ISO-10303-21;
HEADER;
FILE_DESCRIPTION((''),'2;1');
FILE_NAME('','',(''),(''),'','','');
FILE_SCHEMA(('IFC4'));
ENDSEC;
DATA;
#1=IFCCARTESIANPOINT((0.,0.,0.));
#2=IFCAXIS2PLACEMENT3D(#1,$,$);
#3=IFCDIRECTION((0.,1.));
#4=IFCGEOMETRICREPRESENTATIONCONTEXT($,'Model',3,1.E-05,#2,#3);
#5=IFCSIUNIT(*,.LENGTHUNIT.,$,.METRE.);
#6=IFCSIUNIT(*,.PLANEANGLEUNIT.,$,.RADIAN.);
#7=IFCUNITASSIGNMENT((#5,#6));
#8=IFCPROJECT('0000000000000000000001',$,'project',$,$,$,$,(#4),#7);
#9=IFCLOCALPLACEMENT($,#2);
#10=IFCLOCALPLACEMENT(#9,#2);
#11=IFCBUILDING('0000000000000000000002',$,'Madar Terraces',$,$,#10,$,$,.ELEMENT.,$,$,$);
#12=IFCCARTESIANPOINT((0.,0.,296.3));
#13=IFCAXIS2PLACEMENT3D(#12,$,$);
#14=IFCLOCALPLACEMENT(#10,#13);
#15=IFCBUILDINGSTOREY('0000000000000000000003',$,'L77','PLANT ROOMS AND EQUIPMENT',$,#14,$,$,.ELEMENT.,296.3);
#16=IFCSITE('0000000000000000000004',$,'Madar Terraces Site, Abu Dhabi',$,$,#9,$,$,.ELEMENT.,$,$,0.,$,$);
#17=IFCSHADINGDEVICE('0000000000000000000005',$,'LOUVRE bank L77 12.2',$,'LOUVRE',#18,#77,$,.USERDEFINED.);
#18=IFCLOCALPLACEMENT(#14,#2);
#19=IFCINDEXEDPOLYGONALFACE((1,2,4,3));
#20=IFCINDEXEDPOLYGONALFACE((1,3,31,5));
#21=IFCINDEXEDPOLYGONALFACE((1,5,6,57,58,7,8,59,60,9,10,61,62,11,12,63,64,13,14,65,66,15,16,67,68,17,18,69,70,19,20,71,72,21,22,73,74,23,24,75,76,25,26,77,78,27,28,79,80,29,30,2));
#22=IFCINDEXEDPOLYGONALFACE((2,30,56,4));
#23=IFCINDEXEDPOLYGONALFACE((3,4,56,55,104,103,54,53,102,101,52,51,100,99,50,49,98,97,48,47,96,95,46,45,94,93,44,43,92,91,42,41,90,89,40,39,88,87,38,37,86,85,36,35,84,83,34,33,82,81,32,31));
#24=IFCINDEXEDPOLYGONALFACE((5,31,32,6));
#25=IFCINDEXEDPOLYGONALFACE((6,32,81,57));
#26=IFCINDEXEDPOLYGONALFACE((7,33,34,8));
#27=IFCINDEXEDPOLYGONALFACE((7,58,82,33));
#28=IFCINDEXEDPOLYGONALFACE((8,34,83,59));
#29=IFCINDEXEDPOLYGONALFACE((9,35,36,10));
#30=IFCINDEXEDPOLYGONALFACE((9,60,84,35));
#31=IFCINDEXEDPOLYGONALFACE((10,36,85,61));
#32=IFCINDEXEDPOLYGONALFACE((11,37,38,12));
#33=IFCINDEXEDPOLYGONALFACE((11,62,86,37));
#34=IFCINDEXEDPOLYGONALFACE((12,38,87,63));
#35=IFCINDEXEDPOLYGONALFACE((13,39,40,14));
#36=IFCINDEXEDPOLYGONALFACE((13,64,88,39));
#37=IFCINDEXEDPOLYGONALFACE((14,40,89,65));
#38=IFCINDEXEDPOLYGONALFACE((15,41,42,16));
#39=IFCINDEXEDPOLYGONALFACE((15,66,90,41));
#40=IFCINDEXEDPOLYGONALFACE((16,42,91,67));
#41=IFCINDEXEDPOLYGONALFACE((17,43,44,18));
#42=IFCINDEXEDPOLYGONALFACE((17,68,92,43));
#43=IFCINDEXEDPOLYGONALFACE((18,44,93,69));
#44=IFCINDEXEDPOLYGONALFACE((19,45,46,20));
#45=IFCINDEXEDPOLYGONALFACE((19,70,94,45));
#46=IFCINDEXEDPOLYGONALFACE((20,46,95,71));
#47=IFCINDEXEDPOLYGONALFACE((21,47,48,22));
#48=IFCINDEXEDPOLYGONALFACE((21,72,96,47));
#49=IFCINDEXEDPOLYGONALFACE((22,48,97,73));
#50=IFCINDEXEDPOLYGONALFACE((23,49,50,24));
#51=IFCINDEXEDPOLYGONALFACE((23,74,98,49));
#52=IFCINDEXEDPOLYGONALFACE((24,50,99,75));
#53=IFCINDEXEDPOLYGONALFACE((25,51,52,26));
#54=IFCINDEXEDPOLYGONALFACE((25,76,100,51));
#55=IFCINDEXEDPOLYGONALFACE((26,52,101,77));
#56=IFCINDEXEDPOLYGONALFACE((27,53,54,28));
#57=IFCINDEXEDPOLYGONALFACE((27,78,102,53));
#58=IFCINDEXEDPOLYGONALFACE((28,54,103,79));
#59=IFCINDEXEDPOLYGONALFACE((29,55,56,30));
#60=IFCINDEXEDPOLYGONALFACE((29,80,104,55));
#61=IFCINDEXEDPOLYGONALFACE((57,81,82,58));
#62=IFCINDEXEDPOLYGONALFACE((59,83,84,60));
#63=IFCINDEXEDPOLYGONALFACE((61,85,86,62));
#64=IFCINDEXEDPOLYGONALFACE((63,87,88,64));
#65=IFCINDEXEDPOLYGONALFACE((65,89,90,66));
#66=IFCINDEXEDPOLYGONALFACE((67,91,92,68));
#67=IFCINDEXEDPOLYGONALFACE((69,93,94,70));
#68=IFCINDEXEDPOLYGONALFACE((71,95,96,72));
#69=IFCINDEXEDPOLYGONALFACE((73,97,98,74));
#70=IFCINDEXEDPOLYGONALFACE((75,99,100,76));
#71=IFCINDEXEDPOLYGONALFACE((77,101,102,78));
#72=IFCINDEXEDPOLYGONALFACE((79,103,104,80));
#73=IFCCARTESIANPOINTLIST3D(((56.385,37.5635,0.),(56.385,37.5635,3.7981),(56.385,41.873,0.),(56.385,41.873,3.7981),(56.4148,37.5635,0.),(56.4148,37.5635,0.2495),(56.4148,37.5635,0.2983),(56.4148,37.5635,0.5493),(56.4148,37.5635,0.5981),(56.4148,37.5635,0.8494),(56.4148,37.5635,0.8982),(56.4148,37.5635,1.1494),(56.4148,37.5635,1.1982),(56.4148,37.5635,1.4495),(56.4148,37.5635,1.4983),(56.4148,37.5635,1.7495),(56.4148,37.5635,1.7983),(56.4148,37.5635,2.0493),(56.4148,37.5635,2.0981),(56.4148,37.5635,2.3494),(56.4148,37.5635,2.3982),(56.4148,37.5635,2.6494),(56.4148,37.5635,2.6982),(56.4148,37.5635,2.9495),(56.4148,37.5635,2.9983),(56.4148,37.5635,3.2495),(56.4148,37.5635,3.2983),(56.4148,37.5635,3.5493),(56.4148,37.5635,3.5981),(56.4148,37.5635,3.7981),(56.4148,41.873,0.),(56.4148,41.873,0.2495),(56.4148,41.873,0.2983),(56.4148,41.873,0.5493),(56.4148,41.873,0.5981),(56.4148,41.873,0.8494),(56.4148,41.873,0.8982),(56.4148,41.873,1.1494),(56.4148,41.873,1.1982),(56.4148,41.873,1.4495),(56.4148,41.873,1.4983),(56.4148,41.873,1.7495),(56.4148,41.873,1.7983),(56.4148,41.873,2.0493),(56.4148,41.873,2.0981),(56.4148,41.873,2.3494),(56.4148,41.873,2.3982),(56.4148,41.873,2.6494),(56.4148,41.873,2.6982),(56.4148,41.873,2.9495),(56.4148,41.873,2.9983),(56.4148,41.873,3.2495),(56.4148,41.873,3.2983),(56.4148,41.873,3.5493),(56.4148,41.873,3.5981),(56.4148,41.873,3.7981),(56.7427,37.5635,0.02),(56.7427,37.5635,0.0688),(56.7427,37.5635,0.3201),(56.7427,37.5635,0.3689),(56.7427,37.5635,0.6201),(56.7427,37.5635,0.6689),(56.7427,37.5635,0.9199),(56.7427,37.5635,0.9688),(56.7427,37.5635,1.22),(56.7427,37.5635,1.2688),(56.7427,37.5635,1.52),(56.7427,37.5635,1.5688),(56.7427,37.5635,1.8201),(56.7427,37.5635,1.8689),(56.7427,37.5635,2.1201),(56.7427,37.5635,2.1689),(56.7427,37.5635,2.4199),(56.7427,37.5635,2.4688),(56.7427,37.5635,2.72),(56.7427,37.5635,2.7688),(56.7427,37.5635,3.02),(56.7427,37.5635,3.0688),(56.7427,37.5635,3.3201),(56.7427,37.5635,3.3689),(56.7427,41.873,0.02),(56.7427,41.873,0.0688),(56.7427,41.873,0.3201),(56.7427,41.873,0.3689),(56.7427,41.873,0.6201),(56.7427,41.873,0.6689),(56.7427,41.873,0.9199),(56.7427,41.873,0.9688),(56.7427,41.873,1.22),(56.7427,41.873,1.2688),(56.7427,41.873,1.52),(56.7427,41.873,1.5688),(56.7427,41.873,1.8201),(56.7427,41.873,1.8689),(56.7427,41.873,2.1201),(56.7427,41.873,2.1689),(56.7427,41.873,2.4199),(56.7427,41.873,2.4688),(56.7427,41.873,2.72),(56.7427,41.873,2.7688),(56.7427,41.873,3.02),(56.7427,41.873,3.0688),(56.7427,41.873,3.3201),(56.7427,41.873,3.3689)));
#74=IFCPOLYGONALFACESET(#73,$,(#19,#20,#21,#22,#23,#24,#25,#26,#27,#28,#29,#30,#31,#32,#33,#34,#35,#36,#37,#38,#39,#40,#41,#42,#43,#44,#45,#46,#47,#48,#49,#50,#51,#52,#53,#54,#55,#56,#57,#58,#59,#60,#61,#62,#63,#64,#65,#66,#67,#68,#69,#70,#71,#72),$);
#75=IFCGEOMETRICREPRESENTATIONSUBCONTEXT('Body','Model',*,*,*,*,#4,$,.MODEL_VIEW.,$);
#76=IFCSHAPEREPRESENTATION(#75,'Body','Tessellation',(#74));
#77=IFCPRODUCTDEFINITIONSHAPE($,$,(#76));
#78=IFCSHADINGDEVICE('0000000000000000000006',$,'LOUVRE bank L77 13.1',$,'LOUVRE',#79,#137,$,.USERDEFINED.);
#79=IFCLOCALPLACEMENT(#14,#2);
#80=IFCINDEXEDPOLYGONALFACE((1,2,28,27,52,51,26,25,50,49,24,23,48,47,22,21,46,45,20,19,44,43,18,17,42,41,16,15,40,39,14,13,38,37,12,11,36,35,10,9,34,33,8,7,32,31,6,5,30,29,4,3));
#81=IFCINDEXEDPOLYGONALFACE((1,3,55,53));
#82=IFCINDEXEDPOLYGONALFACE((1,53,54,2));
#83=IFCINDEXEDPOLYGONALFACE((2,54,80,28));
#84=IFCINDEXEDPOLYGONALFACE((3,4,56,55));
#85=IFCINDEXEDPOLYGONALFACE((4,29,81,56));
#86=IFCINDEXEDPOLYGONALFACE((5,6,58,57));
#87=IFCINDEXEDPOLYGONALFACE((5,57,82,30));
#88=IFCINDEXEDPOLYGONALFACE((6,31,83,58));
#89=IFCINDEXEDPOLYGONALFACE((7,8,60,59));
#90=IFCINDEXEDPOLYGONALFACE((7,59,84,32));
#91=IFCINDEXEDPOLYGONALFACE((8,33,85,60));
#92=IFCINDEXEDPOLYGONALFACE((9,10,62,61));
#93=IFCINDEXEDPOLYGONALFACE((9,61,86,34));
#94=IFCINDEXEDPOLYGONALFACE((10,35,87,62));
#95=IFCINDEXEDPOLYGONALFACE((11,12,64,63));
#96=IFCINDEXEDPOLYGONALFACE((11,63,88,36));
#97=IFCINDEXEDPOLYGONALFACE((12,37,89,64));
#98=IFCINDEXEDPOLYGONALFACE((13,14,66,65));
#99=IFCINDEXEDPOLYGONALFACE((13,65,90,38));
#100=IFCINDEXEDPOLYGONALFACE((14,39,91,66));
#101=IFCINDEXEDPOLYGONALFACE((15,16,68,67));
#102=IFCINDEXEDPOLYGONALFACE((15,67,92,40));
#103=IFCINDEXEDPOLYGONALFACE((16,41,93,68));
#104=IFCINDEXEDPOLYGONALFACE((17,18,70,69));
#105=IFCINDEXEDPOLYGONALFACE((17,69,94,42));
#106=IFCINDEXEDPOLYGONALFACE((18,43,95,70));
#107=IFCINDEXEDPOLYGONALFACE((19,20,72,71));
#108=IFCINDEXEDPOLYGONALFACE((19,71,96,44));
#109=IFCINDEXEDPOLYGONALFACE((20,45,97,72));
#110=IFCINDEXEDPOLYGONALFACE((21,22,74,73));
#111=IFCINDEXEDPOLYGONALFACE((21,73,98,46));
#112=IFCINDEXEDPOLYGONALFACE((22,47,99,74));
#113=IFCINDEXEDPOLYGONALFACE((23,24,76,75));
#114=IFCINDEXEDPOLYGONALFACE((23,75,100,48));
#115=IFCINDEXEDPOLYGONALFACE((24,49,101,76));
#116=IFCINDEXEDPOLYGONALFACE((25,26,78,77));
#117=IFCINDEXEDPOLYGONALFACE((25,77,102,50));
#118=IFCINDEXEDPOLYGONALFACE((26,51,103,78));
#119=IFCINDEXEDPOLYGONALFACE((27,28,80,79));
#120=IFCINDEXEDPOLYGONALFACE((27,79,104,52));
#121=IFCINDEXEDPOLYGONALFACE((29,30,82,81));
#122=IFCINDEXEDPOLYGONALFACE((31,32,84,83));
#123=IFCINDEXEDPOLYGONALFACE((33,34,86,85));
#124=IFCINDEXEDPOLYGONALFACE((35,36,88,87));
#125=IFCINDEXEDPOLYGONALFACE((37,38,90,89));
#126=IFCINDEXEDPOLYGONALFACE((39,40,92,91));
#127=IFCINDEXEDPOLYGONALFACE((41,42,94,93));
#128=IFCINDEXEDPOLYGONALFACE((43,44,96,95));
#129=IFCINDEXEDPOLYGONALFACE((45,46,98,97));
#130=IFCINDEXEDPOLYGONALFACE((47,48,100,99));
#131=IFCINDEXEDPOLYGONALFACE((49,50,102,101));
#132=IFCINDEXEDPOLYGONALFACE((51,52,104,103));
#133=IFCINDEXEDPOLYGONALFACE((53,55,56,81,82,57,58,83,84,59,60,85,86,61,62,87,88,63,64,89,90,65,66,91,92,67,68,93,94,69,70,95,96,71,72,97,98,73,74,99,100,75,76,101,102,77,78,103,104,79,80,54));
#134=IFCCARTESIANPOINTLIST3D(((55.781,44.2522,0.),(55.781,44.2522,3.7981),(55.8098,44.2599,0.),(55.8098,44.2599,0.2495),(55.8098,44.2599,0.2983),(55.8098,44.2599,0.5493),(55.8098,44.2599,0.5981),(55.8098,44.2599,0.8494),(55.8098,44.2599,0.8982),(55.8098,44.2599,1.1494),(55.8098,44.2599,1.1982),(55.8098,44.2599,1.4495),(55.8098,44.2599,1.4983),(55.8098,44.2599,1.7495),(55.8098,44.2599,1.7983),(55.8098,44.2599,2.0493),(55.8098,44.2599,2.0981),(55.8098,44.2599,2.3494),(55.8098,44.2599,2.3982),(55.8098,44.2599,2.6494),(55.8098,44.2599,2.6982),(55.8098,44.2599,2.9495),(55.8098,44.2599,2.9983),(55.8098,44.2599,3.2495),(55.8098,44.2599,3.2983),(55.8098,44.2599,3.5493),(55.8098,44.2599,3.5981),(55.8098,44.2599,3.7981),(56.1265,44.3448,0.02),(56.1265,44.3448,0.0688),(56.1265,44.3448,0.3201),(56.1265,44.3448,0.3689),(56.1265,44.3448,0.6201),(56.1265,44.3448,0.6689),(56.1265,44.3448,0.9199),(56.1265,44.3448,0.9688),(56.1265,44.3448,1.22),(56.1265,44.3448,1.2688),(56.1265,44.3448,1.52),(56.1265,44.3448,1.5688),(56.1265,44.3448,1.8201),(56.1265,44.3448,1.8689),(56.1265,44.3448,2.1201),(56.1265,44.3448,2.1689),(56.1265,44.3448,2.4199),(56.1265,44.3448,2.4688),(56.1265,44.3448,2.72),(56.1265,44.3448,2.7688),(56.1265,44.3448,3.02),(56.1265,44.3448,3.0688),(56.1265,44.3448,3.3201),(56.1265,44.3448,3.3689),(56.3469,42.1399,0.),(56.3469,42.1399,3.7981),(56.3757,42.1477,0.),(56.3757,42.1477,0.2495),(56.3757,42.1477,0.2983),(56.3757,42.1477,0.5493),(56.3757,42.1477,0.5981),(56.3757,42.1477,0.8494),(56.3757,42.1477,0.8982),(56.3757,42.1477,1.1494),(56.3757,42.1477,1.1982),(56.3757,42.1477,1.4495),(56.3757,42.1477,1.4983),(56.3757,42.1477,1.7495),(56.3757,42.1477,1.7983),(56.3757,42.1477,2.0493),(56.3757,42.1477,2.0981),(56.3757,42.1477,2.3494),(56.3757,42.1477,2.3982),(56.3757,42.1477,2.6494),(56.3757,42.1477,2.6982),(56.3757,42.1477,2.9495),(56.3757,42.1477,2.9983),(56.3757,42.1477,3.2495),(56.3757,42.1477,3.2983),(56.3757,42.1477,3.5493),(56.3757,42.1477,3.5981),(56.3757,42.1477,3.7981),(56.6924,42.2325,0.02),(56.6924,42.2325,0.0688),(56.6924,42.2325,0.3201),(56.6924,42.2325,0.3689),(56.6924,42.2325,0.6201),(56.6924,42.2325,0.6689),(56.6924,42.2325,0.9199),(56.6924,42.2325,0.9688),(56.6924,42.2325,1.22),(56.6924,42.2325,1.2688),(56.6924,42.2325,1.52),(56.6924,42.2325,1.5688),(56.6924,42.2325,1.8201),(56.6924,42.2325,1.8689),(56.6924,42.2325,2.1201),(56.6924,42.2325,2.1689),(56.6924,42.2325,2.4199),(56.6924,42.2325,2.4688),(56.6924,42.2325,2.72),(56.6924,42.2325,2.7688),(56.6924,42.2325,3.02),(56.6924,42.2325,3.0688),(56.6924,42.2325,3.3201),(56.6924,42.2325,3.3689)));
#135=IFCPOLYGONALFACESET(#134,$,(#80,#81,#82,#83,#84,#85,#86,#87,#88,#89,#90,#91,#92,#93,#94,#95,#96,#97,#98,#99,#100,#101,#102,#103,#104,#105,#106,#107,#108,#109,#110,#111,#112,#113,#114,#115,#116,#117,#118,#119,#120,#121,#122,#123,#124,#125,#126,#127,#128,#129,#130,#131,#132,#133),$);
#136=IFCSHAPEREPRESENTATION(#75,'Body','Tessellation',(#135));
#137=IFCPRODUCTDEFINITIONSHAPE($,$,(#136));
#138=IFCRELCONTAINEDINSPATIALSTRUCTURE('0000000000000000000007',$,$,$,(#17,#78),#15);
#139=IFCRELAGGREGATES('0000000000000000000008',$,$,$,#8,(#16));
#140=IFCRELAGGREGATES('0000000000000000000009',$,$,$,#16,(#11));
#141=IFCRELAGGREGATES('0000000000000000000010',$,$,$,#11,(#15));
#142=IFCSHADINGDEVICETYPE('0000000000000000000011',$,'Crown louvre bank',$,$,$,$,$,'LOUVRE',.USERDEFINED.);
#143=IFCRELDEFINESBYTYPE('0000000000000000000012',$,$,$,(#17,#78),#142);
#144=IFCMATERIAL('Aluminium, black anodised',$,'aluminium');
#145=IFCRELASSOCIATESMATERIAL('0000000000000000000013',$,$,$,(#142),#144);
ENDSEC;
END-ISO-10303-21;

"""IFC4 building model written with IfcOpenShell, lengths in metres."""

from ifc_helpers import new_model, si_unit, direction, frame, origin, place, context, subcontext, project, spatial, polyline, outline, extrude, material, type_object, element, save


model = new_model("IFC4")

# Units and contexts
model_context = context("Model", 3, precision=1e-05, world=origin(), true_north=direction((0.0, 1.0)))
body_context = subcontext(model_context, "Body", "Model", "MODEL_VIEW")
ifc_project = project(units=[si_unit("LENGTHUNIT", "METRE"), si_unit("PLANEANGLEUNIT", "RADIAN")], contexts=[model_context])

# Site, building, storey
site_placement = place(None, origin())
site = spatial("IfcSite", under=ifc_project, at=site_placement, Name="Madar Terraces Site, Abu Dhabi", CompositionType="ELEMENT", RefElevation=0.0)
building_placement = place(site_placement, origin())
building = spatial("IfcBuilding", under=site, at=building_placement, Name="Madar Terraces", CompositionType="ELEMENT")
storey_placement = place(building_placement, frame((0.0, 0.0, 296.3)))
storey = spatial("IfcBuildingStorey", under=building, at=storey_placement, Name="L77", Description="PLANT ROOMS AND EQUIPMENT", CompositionType="ELEMENT", Elevation=296.3)

# Shading devices
ifc_material_1 = material(Name="Aluminium, black anodised", Category="aluminium")
shading_device_type = type_object("IfcShadingDeviceType", Name="Crown louvre bank", ElementType="LOUVRE", PredefinedType="USERDEFINED", material=ifc_material_1)
shading_device_1_placement = place(storey_placement, frame((56.3999, 37.5635, 0.0), z_axis=(0.0, 1.0, 0.0), x_axis=(-1.0, 0.0, 0.0)))
element("IfcShadingDevice", 1, at=shading_device_1_placement, inside=storey, type_object=shading_device_type, Name="LOUVRE bank L77 12.2", ObjectType="LOUVRE", PredefinedType="USERDEFINED", context=body_context, shape_type="SweptSolid", body=[
    extrude(outline(polyline([(0.0149, 0.0), (-0.0149, 0.0), (-0.0149, 0.2495), (-0.3428, 0.02), (-0.3428, 0.0688), (-0.0149, 0.2983), (-0.0149, 0.5493), (-0.3428, 0.3201), (-0.3428, 0.3689), (-0.0149, 0.5981), (-0.0149, 0.8494), (-0.3428, 0.6201), (-0.3428, 0.6689), (-0.0149, 0.8982), (-0.0149, 1.1494), (-0.3428, 0.9199), (-0.3428, 0.9688), (-0.0149, 1.1982), (-0.0149, 1.4495), (-0.3428, 1.22), (-0.3428, 1.2688), (-0.0149, 1.4983), (-0.0149, 1.7495), (-0.3428, 1.52), (-0.3428, 1.5688), (-0.0149, 1.7983), (-0.0149, 2.0493), (-0.3428, 1.8201), (-0.3428, 1.8689), (-0.0149, 2.0981), (-0.0149, 2.3494), (-0.3428, 2.1201), (-0.3428, 2.1689), (-0.0149, 2.3982), (-0.0149, 2.6494), (-0.3428, 2.4199), (-0.3428, 2.4688), (-0.0149, 2.6982), (-0.0149, 2.9495), (-0.3428, 2.72), (-0.3428, 2.7688), (-0.0149, 2.9983), (-0.0149, 3.2495), (-0.3428, 3.02), (-0.3428, 3.0688), (-0.0149, 3.2983), (-0.0149, 3.5493), (-0.3428, 3.3201), (-0.3428, 3.3689), (-0.0149, 3.5981), (-0.0149, 3.7981), (0.0149, 3.7981), (0.0149, 0.0)])), origin(), (0.0, 0.0, 1.0), 4.3096),
])
shading_device_2_placement = place(storey_placement, frame((56.3613, 42.1438, 0.0), z_axis=(-0.258788, 0.965934, 0.0), x_axis=(-0.965934, -0.258788, 0.0)))
element("IfcShadingDevice", 2, at=shading_device_2_placement, inside=storey, type_object=shading_device_type, Name="LOUVRE bank L77 13.1", ObjectType="LOUVRE", PredefinedType="USERDEFINED", context=body_context, shape_type="SweptSolid", body=[
    extrude(outline(polyline([(0.0149, 0.0), (-0.0149, 0.0), (-0.0149, 0.2495), (-0.3428, 0.02), (-0.3428, 0.0688), (-0.0149, 0.2983), (-0.0149, 0.5493), (-0.3428, 0.3201), (-0.3428, 0.3689), (-0.0149, 0.5981), (-0.0149, 0.8494), (-0.3428, 0.6201), (-0.3428, 0.6689), (-0.0149, 0.8982), (-0.0149, 1.1494), (-0.3428, 0.9199), (-0.3428, 0.9688), (-0.0149, 1.1982), (-0.0149, 1.4495), (-0.3428, 1.22), (-0.3428, 1.2688), (-0.0149, 1.4983), (-0.0149, 1.7495), (-0.3428, 1.52), (-0.3428, 1.5688), (-0.0149, 1.7983), (-0.0149, 2.0493), (-0.3428, 1.8201), (-0.3428, 1.8689), (-0.0149, 2.0981), (-0.0149, 2.3494), (-0.3428, 2.1201), (-0.3428, 2.1689), (-0.0149, 2.3982), (-0.0149, 2.6494), (-0.3428, 2.4199), (-0.3428, 2.4688), (-0.0149, 2.6982), (-0.0149, 2.9495), (-0.3428, 2.72), (-0.3428, 2.7688), (-0.0149, 2.9983), (-0.0149, 3.2495), (-0.3428, 3.02), (-0.3428, 3.0688), (-0.0149, 3.2983), (-0.0149, 3.5493), (-0.3428, 3.3201), (-0.3428, 3.3689), (-0.0149, 3.5981), (-0.0149, 3.7981), (0.0149, 3.7981), (0.0149, 0.0)])), origin(), (0.0, 0.0, 1.0), 2.1868),
])

save(model, "model.ifc")
